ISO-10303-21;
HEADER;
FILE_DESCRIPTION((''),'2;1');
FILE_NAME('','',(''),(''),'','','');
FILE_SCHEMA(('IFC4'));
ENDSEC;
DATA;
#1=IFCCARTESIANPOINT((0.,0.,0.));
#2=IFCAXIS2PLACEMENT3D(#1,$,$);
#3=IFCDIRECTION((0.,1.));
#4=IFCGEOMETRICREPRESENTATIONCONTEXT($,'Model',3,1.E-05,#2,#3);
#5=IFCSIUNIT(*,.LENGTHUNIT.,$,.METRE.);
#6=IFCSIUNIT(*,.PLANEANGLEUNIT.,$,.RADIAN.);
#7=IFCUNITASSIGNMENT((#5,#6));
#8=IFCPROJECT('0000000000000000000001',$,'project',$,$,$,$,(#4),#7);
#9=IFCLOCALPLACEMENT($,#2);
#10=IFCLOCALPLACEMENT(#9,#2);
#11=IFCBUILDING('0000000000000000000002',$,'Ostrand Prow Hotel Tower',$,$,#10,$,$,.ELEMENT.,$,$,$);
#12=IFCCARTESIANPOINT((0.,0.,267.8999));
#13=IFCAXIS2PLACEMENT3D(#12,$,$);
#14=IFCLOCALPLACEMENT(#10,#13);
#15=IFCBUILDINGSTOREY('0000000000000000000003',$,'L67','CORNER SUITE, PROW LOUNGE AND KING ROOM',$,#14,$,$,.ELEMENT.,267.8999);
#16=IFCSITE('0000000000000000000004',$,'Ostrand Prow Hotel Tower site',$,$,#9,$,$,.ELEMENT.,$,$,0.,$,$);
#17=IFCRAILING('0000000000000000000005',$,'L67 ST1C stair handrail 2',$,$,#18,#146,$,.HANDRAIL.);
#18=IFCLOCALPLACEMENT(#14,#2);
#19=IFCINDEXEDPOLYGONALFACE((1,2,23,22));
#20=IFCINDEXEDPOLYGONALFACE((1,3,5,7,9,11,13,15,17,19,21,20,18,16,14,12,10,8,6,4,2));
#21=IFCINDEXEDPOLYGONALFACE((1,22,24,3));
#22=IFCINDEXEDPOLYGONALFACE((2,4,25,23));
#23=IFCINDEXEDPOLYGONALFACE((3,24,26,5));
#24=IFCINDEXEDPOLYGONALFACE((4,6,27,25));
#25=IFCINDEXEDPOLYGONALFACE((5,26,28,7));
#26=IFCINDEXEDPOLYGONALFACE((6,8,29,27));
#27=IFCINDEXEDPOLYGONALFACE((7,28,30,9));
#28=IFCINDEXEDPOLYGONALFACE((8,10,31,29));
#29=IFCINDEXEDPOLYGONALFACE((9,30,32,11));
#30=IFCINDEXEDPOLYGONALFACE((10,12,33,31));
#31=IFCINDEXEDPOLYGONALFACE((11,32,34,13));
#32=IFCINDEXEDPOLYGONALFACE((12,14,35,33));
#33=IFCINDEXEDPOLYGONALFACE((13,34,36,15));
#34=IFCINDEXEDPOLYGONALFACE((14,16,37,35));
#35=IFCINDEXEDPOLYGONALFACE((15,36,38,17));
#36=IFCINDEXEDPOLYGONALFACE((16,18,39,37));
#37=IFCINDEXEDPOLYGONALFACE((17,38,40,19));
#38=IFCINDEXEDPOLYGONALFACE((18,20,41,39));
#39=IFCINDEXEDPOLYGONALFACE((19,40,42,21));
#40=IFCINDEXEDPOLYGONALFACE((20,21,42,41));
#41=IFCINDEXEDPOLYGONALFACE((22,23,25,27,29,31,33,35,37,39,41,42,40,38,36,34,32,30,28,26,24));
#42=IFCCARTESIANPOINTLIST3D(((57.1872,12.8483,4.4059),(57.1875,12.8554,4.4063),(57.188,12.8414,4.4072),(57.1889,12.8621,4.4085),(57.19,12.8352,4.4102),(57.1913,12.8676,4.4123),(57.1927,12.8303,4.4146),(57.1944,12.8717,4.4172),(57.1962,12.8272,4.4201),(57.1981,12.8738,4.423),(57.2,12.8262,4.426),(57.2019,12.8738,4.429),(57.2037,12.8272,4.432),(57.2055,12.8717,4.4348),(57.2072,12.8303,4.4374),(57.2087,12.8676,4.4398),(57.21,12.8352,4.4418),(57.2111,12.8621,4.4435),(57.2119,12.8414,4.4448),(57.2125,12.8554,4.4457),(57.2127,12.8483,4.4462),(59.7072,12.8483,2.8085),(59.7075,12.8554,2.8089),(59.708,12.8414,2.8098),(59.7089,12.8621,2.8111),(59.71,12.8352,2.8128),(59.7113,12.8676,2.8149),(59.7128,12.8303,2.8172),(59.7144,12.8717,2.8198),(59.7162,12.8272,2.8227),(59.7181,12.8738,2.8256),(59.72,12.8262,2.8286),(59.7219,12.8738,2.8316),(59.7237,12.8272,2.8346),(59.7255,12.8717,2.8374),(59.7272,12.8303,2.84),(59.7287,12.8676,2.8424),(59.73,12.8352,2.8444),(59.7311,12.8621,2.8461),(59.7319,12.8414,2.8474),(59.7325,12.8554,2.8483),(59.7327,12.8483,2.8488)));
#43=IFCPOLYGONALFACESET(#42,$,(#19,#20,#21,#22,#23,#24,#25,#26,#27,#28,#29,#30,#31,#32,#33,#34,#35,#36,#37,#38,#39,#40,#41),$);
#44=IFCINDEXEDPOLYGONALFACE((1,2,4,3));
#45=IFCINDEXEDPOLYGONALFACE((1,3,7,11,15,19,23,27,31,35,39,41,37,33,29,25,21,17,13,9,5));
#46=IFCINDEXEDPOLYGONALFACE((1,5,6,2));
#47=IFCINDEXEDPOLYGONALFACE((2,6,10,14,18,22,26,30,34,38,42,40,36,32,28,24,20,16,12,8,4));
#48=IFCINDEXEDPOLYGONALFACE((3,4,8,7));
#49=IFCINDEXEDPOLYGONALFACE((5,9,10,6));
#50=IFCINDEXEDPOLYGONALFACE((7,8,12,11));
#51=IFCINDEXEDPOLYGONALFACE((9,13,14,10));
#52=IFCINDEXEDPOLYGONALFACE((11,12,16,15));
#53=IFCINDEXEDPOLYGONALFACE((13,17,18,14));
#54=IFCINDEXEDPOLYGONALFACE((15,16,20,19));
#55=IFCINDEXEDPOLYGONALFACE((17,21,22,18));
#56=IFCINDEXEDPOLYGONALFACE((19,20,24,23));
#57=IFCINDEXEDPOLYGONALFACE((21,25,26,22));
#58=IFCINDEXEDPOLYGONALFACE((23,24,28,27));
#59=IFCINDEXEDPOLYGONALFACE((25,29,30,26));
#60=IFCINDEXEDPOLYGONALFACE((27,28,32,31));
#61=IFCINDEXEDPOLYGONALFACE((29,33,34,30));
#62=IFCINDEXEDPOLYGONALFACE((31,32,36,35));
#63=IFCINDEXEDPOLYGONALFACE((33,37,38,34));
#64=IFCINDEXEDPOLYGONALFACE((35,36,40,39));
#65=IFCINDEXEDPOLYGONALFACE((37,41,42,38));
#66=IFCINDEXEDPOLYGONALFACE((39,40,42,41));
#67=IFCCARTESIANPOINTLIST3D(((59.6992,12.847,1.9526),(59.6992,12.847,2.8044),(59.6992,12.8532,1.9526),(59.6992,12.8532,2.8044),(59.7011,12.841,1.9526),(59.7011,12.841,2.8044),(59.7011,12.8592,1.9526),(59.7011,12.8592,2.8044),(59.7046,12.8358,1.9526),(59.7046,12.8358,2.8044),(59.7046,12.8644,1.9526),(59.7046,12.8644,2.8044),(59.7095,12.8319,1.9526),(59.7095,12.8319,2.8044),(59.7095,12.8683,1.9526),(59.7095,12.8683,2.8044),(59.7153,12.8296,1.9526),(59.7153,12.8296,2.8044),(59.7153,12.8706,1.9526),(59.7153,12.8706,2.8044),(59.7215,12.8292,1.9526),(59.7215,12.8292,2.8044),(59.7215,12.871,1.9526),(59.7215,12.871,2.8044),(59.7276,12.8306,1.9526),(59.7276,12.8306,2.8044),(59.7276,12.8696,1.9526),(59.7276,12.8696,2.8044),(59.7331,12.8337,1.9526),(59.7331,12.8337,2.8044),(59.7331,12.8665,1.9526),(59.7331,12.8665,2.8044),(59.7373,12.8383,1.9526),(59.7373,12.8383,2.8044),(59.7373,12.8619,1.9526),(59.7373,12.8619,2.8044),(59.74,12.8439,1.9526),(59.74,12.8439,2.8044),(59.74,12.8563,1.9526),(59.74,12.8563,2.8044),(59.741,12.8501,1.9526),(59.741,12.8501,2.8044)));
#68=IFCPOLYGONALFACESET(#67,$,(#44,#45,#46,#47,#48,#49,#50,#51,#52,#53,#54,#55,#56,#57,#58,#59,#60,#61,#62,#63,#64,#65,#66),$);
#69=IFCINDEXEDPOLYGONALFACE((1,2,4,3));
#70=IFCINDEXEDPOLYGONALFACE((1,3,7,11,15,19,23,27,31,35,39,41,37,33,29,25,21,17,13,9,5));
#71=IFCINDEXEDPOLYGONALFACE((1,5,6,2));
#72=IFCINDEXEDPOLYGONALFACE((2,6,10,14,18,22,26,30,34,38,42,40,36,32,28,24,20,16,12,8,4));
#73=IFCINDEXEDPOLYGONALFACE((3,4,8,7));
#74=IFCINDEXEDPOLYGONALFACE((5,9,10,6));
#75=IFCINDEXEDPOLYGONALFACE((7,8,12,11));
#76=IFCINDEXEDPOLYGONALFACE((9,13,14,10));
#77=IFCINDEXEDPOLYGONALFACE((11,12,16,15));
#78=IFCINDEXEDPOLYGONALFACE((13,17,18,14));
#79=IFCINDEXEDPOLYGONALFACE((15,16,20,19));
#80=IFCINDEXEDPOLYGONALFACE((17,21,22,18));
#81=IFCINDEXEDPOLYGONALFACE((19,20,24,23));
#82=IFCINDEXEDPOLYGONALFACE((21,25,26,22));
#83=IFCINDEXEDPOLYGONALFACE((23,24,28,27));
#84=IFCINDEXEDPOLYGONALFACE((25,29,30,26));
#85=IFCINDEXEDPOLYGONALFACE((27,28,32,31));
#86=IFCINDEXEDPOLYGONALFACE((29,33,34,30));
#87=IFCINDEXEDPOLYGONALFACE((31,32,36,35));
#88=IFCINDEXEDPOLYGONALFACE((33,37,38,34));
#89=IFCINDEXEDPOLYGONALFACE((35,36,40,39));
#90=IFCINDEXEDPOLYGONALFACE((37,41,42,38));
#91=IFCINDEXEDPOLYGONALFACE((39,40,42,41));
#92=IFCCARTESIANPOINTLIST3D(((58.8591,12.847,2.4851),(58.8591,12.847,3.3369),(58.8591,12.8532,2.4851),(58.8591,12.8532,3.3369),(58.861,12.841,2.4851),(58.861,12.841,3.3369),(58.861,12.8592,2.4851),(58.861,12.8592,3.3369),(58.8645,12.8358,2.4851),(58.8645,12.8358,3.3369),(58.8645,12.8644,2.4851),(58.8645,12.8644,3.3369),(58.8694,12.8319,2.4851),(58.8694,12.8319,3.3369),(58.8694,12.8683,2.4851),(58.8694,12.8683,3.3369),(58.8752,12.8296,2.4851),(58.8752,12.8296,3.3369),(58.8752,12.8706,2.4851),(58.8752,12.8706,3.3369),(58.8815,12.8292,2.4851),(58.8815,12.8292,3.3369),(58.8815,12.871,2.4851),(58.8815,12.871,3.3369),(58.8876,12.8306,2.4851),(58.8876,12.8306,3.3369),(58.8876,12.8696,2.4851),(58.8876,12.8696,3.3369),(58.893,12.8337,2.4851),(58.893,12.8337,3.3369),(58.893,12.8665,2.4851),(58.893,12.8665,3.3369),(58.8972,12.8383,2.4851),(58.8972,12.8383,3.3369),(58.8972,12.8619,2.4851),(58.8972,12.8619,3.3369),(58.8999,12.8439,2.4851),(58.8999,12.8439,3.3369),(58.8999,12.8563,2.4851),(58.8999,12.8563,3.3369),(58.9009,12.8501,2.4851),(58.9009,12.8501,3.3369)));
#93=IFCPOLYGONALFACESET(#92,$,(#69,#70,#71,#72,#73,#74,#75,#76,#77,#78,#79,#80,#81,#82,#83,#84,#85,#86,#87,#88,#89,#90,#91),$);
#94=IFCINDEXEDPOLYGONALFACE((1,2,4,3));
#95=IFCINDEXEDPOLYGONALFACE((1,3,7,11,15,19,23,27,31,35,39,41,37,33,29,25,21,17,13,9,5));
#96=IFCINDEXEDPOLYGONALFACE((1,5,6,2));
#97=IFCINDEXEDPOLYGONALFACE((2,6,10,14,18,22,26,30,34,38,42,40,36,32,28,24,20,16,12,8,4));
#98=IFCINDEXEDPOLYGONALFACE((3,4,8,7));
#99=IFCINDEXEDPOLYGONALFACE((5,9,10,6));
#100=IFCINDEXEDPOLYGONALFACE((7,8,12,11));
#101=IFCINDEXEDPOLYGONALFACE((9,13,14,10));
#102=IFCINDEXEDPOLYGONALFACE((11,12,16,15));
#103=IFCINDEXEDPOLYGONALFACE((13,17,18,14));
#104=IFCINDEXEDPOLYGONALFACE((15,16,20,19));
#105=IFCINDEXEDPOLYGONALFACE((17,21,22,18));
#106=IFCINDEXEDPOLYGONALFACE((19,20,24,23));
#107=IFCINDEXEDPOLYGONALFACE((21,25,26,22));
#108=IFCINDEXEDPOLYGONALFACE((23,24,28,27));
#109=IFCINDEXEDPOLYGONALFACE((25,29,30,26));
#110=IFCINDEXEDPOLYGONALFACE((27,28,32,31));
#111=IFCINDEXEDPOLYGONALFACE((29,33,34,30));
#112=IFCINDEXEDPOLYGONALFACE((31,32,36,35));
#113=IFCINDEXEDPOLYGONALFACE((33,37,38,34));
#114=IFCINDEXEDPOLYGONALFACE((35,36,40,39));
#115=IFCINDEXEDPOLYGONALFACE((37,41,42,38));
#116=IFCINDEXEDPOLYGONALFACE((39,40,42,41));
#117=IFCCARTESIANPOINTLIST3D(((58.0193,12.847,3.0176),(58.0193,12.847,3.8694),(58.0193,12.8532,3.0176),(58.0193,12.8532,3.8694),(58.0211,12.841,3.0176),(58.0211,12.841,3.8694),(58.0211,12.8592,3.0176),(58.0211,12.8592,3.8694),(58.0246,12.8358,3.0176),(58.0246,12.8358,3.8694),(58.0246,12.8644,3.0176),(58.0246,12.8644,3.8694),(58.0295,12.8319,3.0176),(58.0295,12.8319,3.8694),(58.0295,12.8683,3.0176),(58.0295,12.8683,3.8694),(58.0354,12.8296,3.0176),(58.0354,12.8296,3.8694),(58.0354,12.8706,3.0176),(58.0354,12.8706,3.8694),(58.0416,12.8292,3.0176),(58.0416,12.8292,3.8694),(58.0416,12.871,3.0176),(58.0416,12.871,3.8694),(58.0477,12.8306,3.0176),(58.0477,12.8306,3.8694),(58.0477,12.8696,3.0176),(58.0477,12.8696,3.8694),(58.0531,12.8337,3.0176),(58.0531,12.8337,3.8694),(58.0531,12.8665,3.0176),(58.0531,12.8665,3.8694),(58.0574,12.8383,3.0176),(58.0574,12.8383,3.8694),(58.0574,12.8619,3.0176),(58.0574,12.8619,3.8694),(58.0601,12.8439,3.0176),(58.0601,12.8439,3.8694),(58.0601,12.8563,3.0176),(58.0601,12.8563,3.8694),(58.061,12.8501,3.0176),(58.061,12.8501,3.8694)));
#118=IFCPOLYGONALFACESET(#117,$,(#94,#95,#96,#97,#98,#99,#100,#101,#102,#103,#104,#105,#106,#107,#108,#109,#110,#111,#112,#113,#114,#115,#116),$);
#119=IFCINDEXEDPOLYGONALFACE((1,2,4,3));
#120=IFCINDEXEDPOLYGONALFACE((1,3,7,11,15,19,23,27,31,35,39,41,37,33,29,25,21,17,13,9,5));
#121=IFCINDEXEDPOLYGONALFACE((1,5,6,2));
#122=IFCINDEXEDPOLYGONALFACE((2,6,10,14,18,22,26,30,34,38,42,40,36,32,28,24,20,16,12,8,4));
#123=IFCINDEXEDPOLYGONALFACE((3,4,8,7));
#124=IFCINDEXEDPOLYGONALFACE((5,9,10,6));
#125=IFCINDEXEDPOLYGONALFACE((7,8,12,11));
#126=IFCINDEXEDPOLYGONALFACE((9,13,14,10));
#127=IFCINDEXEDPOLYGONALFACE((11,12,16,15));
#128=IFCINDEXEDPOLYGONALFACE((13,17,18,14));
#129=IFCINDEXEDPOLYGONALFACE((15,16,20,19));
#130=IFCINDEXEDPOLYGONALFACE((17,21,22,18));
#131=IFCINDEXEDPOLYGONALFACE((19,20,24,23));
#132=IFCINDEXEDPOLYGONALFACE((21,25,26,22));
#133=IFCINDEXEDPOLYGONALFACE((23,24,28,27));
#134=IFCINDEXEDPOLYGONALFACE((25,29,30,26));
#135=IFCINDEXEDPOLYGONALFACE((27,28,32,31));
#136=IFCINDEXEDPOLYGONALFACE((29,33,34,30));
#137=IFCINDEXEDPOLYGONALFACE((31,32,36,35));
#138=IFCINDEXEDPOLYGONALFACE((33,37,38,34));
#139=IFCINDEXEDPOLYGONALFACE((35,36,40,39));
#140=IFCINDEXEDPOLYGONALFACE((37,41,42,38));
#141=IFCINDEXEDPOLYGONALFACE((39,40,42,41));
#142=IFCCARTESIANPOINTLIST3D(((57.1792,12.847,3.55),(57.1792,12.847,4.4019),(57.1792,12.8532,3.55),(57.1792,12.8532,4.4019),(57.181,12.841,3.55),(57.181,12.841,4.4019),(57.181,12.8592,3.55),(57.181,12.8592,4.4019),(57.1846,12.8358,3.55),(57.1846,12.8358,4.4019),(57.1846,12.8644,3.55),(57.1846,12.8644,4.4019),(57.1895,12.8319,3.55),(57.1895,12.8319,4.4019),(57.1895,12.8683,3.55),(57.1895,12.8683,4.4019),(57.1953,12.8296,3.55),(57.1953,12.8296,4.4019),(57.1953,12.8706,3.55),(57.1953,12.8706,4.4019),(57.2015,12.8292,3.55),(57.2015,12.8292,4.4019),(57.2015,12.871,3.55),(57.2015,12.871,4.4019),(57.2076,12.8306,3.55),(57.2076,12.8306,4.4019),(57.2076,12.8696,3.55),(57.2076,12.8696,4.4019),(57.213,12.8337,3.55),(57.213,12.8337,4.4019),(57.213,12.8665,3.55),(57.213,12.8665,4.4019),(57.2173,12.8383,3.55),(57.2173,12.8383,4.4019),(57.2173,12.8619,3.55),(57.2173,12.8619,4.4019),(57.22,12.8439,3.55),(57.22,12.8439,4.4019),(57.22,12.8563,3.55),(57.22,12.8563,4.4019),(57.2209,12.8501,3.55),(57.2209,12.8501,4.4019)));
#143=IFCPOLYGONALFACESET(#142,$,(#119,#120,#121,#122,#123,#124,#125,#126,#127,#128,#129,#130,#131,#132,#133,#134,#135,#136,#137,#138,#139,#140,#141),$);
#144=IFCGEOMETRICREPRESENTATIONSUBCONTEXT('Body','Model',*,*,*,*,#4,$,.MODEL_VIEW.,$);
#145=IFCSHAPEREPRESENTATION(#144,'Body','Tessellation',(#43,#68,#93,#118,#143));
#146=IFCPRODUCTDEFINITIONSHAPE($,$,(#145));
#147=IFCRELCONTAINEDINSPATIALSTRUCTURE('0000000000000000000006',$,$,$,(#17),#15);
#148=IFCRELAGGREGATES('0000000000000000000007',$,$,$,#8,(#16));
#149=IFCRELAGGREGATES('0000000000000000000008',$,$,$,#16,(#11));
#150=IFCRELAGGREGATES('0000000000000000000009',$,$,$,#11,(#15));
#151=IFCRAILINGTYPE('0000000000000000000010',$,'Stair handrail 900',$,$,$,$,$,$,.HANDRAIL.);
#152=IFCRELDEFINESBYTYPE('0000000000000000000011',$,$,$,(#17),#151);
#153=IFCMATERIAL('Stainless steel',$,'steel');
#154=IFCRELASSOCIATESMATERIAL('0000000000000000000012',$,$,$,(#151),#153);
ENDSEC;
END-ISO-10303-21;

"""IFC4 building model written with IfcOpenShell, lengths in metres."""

from ifc_helpers import new_model, si_unit, direction, frame, origin, origin_2d, place, context, subcontext, project, spatial, circle, extrude, material, type_object, element, save


model = new_model("IFC4")

# Units and contexts
model_context = context("Model", 3, precision=1e-05, world=origin(), true_north=direction((0.0, 1.0)))
body_context = subcontext(model_context, "Body", "Model", "MODEL_VIEW")
ifc_project = project(units=[si_unit("LENGTHUNIT", "METRE"), si_unit("PLANEANGLEUNIT", "RADIAN")], contexts=[model_context])

# Site, building, storey
site_placement = place(None, origin())
site = spatial("IfcSite", under=ifc_project, at=site_placement, Name="Ostrand Prow Hotel Tower site", CompositionType="ELEMENT", RefElevation=0.0)
building_placement = place(site_placement, origin())
building = spatial("IfcBuilding", under=site, at=building_placement, Name="Ostrand Prow Hotel Tower", CompositionType="ELEMENT")
storey_placement = place(building_placement, frame((0.0, 0.0, 267.8999)))
storey = spatial("IfcBuildingStorey", under=building, at=storey_placement, Name="L67", Description="CORNER SUITE, PROW LOUNGE AND KING ROOM", CompositionType="ELEMENT", Elevation=267.8999)

# Railing
ifc_material_1 = material(Name="Stainless steel", Category="steel")
railing_type_1 = type_object("IfcRailingType", Name="Stair handrail 900", PredefinedType="HANDRAIL", material=ifc_material_1)
railing_1_placement = place(storey_placement, frame((59.72, 12.8501, 1.9526)))
element("IfcRailing", 1, at=railing_1_placement, inside=storey, type_object=railing_type_1, Name="L67 ST1C stair handrail 2", PredefinedType="HANDRAIL", context=body_context, shape_type="SweptSolid", body=[
    extrude(circle(Radius=0.0239, at=origin_2d()), frame((0.0, 0.0, 0.876), z_axis=(-0.844607, 0.0, 0.535387), x_axis=(0.0, -1.0, 0.0)), (0.0, 0.0, 1.0), 2.9836),
    extrude(circle(Radius=0.021, at=origin_2d()), origin(), (0.0, 0.0, 1.0), 0.8518),
    extrude(circle(Radius=0.021, at=origin_2d()), frame((-0.8401, 0.0, 0.5325)), (0.0, 0.0, 1.0), 0.8518),
    extrude(circle(Radius=0.021, at=origin_2d()), frame((-1.6799, 0.0, 1.0649)), (0.0, 0.0, 1.0), 0.8518),
    extrude(circle(Radius=0.021, at=origin_2d()), frame((-2.52, 0.0, 1.5974)), (0.0, 0.0, 1.0), 0.8518),
])

save(model, "model.ifc")
